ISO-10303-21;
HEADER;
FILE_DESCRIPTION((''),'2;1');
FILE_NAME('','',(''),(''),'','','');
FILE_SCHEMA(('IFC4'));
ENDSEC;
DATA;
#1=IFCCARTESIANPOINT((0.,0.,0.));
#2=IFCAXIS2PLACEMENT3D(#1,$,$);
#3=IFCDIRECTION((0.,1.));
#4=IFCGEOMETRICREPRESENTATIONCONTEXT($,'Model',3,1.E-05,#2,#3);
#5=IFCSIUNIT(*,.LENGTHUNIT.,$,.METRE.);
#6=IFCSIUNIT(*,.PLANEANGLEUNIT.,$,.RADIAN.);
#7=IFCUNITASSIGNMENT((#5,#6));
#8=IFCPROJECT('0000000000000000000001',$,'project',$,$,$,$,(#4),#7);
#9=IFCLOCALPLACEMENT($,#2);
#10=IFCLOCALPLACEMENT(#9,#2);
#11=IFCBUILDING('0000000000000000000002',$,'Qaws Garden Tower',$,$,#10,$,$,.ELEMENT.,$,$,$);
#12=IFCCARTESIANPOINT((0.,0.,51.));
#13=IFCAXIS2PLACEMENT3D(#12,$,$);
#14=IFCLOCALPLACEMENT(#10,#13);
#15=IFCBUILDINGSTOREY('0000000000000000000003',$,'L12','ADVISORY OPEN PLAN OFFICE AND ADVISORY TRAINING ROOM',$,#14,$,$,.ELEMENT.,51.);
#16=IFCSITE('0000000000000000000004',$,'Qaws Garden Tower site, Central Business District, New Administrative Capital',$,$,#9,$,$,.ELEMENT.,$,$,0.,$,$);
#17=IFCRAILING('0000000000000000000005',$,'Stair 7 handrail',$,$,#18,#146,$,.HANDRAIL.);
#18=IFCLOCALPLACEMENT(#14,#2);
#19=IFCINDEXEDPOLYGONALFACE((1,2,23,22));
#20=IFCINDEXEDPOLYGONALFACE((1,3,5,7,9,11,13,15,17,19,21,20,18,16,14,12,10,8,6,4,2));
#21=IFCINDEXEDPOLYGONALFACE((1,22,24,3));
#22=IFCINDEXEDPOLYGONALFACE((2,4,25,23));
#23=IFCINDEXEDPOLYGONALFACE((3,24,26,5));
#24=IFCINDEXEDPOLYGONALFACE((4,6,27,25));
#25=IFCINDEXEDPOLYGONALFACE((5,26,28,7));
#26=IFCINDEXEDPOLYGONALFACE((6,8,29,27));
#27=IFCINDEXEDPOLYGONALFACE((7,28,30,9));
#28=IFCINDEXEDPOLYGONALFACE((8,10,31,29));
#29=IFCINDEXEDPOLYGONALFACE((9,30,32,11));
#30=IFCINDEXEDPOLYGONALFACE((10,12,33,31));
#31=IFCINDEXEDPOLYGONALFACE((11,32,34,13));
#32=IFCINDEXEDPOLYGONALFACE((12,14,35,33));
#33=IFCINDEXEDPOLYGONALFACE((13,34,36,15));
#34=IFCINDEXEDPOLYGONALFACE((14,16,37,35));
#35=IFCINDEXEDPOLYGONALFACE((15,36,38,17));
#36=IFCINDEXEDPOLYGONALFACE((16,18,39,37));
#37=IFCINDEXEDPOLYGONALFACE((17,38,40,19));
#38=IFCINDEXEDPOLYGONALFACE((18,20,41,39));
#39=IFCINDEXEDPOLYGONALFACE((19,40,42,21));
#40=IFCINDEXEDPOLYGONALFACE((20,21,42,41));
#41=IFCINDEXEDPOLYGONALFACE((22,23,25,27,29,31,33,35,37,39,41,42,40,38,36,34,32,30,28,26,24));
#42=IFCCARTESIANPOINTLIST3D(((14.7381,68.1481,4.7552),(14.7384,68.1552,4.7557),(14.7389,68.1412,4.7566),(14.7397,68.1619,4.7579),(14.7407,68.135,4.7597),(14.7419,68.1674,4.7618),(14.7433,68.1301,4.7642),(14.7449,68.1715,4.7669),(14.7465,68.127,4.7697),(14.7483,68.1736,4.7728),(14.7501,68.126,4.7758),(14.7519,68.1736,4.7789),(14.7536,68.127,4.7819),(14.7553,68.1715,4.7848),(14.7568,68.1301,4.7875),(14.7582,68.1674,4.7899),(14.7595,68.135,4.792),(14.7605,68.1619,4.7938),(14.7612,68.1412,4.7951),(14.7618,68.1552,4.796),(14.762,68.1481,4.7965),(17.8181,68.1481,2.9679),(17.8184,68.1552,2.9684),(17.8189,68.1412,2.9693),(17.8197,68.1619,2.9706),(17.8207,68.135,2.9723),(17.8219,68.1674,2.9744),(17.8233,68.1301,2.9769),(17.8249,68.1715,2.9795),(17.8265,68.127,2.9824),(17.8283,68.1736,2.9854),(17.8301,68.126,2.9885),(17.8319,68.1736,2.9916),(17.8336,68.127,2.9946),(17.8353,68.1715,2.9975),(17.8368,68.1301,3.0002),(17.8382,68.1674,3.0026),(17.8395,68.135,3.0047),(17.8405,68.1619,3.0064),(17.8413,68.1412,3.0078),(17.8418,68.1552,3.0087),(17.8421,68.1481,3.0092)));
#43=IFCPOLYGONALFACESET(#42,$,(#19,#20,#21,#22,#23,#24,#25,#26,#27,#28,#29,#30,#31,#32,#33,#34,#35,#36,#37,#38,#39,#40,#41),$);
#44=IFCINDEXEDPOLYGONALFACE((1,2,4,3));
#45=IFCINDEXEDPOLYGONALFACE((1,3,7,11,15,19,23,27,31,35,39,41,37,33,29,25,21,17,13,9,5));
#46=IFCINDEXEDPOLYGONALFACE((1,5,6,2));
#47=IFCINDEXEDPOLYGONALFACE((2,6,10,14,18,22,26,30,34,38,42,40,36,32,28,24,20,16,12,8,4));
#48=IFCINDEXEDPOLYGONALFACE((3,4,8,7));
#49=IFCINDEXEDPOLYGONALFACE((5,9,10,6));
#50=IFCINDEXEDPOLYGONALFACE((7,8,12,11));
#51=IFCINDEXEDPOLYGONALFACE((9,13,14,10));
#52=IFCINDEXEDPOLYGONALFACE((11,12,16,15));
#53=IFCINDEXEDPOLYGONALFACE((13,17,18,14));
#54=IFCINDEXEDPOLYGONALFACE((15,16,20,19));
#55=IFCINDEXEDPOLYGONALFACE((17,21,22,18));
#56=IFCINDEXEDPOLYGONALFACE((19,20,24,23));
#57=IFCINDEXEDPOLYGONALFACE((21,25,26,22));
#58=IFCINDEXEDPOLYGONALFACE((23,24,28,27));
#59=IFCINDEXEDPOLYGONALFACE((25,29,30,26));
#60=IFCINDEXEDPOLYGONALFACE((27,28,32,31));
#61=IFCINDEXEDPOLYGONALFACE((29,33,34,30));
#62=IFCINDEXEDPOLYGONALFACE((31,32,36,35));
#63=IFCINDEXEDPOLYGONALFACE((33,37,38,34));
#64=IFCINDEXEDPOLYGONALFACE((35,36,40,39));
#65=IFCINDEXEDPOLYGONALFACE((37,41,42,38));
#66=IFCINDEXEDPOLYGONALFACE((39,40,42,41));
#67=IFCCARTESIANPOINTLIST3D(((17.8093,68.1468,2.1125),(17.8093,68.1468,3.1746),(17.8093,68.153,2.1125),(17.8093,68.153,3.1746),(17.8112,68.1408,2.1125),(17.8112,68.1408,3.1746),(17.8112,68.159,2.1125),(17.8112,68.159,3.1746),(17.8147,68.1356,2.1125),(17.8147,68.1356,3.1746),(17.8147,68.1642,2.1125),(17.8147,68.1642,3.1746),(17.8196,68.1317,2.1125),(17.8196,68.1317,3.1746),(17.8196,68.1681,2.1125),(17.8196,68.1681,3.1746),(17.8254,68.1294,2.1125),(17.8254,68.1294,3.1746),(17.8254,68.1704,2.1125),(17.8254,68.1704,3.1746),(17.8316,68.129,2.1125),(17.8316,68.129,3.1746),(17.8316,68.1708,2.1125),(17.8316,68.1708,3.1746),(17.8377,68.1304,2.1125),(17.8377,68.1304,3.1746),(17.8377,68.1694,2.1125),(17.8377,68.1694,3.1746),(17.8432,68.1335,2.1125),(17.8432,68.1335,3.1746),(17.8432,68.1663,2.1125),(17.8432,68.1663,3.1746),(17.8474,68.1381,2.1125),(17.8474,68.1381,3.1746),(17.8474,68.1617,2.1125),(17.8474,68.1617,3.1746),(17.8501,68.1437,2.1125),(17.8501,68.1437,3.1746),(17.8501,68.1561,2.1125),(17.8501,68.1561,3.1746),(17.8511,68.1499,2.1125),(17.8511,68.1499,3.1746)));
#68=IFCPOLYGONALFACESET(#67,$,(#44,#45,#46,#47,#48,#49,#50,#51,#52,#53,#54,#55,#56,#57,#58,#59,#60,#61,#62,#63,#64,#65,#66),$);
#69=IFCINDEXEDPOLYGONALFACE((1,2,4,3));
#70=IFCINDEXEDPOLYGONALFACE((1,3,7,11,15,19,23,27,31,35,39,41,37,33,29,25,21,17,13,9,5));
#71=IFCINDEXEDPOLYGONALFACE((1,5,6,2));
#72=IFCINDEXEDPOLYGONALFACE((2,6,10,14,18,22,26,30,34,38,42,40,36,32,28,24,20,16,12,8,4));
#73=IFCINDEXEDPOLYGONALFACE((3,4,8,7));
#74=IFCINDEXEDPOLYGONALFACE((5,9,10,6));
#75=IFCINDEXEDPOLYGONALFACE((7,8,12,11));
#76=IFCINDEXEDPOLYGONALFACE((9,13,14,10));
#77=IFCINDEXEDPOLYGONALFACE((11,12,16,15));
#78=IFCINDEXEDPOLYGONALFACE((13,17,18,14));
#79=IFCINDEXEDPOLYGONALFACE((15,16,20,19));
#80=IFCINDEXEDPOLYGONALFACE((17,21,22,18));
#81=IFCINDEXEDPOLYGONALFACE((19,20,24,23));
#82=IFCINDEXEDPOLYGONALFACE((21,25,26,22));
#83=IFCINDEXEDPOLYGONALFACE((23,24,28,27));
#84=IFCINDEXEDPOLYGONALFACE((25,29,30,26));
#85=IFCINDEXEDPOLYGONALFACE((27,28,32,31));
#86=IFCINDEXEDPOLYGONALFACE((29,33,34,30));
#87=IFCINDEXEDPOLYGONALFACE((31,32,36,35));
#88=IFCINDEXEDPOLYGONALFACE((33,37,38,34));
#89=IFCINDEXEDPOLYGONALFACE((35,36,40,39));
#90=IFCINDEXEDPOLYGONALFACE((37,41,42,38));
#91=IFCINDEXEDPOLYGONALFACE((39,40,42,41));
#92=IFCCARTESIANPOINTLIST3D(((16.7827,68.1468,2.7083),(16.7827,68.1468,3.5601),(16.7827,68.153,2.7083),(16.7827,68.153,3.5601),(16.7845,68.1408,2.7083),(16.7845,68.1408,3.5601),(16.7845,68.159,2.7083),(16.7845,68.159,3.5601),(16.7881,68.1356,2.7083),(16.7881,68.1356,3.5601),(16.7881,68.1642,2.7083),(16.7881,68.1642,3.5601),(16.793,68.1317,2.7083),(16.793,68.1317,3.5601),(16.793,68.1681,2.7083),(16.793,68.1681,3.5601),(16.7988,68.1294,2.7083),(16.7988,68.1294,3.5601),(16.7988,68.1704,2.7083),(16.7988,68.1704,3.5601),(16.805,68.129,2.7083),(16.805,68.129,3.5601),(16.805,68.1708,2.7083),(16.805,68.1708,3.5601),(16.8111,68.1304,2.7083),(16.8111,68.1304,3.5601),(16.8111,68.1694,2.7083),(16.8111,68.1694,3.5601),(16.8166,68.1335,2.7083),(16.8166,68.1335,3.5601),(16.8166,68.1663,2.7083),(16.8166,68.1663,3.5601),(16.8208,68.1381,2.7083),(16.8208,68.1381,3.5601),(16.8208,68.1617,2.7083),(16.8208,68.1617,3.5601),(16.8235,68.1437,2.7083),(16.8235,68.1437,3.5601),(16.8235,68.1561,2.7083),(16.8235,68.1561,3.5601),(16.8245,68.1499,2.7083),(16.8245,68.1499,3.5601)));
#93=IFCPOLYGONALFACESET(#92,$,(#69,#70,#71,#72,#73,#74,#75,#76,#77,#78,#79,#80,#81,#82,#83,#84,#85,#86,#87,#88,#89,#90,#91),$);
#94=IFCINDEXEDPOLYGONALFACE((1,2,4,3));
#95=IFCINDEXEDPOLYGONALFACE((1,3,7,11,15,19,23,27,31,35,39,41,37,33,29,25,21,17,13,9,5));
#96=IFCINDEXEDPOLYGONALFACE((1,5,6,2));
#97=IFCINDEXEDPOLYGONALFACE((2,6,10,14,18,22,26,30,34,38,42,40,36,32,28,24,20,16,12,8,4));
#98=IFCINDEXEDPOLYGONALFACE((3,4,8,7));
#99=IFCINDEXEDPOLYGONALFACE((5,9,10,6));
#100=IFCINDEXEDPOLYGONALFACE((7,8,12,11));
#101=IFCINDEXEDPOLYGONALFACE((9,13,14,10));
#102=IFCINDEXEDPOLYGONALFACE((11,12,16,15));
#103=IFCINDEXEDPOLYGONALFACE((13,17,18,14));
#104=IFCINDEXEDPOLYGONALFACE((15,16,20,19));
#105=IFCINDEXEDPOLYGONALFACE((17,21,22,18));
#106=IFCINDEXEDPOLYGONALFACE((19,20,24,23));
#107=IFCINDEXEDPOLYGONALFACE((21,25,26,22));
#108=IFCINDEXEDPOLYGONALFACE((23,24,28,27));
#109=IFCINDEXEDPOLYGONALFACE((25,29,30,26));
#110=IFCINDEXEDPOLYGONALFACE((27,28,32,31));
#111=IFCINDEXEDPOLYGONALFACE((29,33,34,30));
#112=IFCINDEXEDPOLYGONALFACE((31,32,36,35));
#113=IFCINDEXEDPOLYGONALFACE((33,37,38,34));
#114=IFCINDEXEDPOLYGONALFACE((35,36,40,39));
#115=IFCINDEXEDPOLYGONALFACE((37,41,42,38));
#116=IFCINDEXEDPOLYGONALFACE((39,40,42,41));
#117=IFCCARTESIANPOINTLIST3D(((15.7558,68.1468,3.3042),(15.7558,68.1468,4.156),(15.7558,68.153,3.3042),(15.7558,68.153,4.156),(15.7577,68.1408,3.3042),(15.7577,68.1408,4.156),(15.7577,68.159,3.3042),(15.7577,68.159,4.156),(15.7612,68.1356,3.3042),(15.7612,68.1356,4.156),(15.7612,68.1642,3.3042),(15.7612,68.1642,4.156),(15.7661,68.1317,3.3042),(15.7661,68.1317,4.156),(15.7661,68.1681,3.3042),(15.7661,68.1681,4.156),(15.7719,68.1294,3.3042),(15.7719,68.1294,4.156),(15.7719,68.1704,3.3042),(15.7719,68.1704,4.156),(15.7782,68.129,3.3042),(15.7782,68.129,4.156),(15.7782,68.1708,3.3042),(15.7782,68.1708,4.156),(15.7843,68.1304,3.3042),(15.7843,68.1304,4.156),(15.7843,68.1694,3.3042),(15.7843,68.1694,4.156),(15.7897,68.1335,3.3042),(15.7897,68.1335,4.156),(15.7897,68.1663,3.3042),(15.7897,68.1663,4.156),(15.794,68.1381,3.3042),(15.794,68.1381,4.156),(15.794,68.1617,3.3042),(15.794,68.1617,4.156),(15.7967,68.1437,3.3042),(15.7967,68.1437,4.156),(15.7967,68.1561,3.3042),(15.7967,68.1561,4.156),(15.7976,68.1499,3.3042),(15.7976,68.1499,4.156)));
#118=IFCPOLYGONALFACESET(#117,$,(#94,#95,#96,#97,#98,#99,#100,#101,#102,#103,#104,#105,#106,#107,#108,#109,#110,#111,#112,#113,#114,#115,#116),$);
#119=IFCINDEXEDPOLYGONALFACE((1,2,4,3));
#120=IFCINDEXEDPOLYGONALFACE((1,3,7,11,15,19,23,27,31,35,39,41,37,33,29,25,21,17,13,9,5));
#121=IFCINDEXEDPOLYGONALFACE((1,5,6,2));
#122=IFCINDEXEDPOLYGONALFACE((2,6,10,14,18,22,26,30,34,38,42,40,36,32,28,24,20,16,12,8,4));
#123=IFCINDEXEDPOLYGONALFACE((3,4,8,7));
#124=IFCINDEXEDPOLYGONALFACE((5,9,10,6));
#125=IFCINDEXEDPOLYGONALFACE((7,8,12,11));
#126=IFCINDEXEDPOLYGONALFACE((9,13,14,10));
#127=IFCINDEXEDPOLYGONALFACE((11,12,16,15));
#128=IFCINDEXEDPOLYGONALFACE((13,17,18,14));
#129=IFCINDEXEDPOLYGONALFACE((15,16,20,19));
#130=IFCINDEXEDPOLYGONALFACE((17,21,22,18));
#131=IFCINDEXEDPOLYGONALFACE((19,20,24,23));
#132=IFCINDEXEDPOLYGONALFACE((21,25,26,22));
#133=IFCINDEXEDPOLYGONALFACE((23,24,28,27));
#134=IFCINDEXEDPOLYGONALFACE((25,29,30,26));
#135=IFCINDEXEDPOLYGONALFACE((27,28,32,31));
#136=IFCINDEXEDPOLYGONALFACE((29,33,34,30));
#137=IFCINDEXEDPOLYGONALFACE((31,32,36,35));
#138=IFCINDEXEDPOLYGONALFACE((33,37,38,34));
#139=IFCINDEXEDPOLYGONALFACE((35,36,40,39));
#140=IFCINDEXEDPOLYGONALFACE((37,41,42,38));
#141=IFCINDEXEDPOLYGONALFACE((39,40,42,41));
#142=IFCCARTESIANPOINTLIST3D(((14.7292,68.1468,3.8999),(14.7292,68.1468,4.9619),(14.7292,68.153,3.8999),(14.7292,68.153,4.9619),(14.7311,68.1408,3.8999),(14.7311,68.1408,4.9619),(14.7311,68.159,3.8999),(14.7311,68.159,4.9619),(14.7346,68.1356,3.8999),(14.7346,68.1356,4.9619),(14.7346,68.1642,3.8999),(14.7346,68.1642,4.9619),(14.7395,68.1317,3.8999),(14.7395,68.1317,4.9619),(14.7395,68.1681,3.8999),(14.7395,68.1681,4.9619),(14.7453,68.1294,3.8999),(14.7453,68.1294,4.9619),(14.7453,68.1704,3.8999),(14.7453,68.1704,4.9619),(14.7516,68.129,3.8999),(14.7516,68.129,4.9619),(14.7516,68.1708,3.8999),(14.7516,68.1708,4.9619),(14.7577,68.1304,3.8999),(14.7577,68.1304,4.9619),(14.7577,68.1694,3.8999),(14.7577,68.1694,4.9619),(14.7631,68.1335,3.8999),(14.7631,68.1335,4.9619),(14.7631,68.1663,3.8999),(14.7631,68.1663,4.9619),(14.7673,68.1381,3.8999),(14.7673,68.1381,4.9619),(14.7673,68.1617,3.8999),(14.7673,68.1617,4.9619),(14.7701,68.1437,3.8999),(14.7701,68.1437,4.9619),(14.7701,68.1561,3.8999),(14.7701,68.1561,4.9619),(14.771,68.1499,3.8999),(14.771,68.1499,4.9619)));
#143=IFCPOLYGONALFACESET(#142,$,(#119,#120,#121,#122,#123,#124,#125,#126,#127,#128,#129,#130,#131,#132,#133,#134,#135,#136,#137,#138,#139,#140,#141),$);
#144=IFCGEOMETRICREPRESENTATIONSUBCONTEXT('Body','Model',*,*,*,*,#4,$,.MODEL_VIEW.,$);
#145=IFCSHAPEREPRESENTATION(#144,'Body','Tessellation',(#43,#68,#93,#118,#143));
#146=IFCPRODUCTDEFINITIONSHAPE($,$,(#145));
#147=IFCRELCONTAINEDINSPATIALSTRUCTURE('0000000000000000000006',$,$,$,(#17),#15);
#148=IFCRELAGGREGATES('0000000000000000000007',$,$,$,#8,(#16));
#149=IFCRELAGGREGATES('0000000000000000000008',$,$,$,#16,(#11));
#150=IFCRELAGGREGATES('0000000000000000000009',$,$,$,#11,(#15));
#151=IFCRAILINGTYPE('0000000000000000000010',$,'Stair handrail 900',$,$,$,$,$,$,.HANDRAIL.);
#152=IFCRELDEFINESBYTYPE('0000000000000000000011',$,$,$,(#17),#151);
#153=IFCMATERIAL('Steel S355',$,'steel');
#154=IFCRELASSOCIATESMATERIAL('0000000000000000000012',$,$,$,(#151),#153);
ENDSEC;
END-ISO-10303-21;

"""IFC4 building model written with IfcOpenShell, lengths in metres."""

from ifc_helpers import new_model, si_unit, direction, frame, origin, origin_2d, place, context, subcontext, project, spatial, circle, extrude, material, type_object, element, save


model = new_model("IFC4")

# Units and contexts
model_context = context("Model", 3, precision=1e-05, world=origin(), true_north=direction((0.0, 1.0)))
body_context = subcontext(model_context, "Body", "Model", "MODEL_VIEW")
ifc_project = project(units=[si_unit("LENGTHUNIT", "METRE"), si_unit("PLANEANGLEUNIT", "RADIAN")], contexts=[model_context])

# Site, building, storey
site_placement = place(None, origin())
site = spatial("IfcSite", under=ifc_project, at=site_placement, Name="Qaws Garden Tower site, Central Business District, New Administrative Capital", CompositionType="ELEMENT", RefElevation=0.0)
building_placement = place(site_placement, origin())
building = spatial("IfcBuilding", under=site, at=building_placement, Name="Qaws Garden Tower", CompositionType="ELEMENT")
storey_placement = place(building_placement, frame((0.0, 0.0, 51.0)))
storey = spatial("IfcBuildingStorey", under=building, at=storey_placement, Name="L12", Description="ADVISORY OPEN PLAN OFFICE AND ADVISORY TRAINING ROOM", CompositionType="ELEMENT", Elevation=51.0)

# Railing
ifc_material_1 = material(Name="Steel S355", Category="steel")
railing_type = type_object("IfcRailingType", Name="Stair handrail 900", PredefinedType="HANDRAIL", material=ifc_material_1)
railing_1_placement = place(storey_placement, frame((17.8301, 68.1499, 2.1125)))
element("IfcRailing", 1, at=railing_1_placement, inside=storey, type_object=railing_type, Name="Stair 7 handrail", PredefinedType="HANDRAIL", context=body_context, shape_type="SweptSolid", body=[
    extrude(circle(Radius=0.0239, at=origin_2d()), frame((0.0, 0.0, 0.876), z_axis=(-0.86492, 0.0, 0.501909), x_axis=(0.0, -1.0, 0.0)), (0.0, 0.0, 1.0), 3.561),
    extrude(circle(Radius=0.021, at=origin_2d()), origin(), (0.0, 0.0, 1.0), 1.062),
    extrude(circle(Radius=0.021, at=origin_2d()), frame((-1.0266, 0.0, 0.5957)), (0.0, 0.0, 1.0), 0.8518),
    extrude(circle(Radius=0.021, at=origin_2d()), frame((-2.0535, 0.0, 1.1917)), (0.0, 0.0, 1.0), 0.8518),
    extrude(circle(Radius=0.021, at=origin_2d()), frame((-3.0801, 0.0, 1.7874)), (0.0, 0.0, 1.0), 1.062),
])

save(model, "model.ifc")
